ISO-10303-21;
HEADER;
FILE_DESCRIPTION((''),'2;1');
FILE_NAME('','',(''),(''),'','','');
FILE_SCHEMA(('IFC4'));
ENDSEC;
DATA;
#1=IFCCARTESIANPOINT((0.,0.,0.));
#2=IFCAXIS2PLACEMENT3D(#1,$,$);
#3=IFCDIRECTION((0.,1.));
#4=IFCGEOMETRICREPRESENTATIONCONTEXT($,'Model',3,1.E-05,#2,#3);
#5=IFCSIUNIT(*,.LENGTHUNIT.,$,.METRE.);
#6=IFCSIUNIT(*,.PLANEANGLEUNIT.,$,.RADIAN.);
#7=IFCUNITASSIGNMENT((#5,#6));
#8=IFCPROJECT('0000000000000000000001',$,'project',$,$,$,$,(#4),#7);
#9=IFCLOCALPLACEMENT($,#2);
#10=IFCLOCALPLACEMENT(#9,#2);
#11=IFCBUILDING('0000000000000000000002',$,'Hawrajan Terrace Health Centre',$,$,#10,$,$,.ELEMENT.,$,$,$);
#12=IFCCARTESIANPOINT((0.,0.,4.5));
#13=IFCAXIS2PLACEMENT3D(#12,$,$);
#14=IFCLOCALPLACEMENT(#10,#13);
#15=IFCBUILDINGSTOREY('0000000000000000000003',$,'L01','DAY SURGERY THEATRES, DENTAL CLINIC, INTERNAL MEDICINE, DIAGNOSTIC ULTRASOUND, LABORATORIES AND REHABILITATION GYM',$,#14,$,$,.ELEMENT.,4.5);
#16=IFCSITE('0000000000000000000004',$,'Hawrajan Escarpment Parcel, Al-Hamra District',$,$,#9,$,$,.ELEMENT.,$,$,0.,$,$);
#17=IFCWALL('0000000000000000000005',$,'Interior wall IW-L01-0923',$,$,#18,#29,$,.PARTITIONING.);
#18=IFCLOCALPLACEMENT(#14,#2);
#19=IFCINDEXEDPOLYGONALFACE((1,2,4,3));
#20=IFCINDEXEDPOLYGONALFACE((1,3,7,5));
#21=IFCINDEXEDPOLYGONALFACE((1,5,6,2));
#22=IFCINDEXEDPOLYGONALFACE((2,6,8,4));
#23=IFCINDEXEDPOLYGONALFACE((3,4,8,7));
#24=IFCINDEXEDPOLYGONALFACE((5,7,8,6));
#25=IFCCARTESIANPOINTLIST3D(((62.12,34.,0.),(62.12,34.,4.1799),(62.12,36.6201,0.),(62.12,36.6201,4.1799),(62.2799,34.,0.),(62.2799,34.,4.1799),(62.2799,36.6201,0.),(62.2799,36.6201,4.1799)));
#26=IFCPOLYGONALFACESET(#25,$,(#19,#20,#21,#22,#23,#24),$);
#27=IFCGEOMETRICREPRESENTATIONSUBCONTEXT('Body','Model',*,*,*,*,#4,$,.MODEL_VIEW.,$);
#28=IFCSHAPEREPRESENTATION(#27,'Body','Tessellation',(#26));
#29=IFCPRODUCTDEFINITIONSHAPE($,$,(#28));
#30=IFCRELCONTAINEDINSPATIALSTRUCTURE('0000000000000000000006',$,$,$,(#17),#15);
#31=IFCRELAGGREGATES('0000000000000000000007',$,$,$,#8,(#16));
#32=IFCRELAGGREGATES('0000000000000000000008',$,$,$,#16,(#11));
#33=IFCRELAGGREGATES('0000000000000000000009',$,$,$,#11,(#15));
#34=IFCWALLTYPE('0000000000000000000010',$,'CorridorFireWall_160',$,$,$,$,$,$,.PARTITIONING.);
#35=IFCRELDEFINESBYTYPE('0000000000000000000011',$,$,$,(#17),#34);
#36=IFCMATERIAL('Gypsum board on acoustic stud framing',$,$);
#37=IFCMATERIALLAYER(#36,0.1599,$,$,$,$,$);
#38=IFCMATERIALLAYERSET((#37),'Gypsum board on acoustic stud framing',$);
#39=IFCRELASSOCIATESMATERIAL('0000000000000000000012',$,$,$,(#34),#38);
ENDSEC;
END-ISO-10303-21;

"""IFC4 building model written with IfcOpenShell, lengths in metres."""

from ifc_helpers import new_model, si_unit, direction, frame, frame_2d, origin, place, context, subcontext, project, spatial, rectangle, extrude, material, layer, layer_set, type_object, element, save


model = new_model("IFC4")

# Units and contexts
model_context = context("Model", 3, precision=1e-05, world=origin(), true_north=direction((0.0, 1.0)))
body_context = subcontext(model_context, "Body", "Model", "MODEL_VIEW")
ifc_project = project(units=[si_unit("LENGTHUNIT", "METRE"), si_unit("PLANEANGLEUNIT", "RADIAN")], contexts=[model_context])

# Site, building, storey
site_placement = place(None, origin())
site = spatial("IfcSite", under=ifc_project, at=site_placement, Name="Hawrajan Escarpment Parcel, Al-Hamra District", CompositionType="ELEMENT", RefElevation=0.0)
building_placement = place(site_placement, origin())
building = spatial("IfcBuilding", under=site, at=building_placement, Name="Hawrajan Terrace Health Centre", CompositionType="ELEMENT")
storey_placement = place(building_placement, frame((0.0, 0.0, 4.5)))
storey = spatial("IfcBuildingStorey", under=building, at=storey_placement, Name="L01", Description="DAY SURGERY THEATRES, DENTAL CLINIC, INTERNAL MEDICINE, DIAGNOSTIC ULTRASOUND, LABORATORIES AND REHABILITATION GYM", CompositionType="ELEMENT", Elevation=4.5)

# Wall
ifc_material_1 = material(Name="Gypsum board on acoustic stud framing")
ifc_layer_1 = layer(ifc_material_1, 0.1599)
ifc_layer_set_1 = layer_set([ifc_layer_1], Name="Gypsum board on acoustic stud framing")
wall_type = type_object("IfcWallType", Name="CorridorFireWall_160", PredefinedType="PARTITIONING", material=ifc_layer_set_1)
wall_1_placement = place(storey_placement, frame((62.2, 34.0, 0.0), z_axis=(0.0, 0.0, 1.0), x_axis=(0.0, 1.0, 0.0)))
element("IfcWall", 1, at=wall_1_placement, inside=storey, type_object=wall_type, Name="Interior wall IW-L01-0923", PredefinedType="PARTITIONING", context=body_context, shape_type="SweptSolid", body=[
    extrude(rectangle(XDim=2.6201, YDim=0.1599, at=frame_2d((1.3101, 0.0))), origin(), (0.0, 0.0, 1.0), 4.1799),
])

save(model, "model.ifc")
